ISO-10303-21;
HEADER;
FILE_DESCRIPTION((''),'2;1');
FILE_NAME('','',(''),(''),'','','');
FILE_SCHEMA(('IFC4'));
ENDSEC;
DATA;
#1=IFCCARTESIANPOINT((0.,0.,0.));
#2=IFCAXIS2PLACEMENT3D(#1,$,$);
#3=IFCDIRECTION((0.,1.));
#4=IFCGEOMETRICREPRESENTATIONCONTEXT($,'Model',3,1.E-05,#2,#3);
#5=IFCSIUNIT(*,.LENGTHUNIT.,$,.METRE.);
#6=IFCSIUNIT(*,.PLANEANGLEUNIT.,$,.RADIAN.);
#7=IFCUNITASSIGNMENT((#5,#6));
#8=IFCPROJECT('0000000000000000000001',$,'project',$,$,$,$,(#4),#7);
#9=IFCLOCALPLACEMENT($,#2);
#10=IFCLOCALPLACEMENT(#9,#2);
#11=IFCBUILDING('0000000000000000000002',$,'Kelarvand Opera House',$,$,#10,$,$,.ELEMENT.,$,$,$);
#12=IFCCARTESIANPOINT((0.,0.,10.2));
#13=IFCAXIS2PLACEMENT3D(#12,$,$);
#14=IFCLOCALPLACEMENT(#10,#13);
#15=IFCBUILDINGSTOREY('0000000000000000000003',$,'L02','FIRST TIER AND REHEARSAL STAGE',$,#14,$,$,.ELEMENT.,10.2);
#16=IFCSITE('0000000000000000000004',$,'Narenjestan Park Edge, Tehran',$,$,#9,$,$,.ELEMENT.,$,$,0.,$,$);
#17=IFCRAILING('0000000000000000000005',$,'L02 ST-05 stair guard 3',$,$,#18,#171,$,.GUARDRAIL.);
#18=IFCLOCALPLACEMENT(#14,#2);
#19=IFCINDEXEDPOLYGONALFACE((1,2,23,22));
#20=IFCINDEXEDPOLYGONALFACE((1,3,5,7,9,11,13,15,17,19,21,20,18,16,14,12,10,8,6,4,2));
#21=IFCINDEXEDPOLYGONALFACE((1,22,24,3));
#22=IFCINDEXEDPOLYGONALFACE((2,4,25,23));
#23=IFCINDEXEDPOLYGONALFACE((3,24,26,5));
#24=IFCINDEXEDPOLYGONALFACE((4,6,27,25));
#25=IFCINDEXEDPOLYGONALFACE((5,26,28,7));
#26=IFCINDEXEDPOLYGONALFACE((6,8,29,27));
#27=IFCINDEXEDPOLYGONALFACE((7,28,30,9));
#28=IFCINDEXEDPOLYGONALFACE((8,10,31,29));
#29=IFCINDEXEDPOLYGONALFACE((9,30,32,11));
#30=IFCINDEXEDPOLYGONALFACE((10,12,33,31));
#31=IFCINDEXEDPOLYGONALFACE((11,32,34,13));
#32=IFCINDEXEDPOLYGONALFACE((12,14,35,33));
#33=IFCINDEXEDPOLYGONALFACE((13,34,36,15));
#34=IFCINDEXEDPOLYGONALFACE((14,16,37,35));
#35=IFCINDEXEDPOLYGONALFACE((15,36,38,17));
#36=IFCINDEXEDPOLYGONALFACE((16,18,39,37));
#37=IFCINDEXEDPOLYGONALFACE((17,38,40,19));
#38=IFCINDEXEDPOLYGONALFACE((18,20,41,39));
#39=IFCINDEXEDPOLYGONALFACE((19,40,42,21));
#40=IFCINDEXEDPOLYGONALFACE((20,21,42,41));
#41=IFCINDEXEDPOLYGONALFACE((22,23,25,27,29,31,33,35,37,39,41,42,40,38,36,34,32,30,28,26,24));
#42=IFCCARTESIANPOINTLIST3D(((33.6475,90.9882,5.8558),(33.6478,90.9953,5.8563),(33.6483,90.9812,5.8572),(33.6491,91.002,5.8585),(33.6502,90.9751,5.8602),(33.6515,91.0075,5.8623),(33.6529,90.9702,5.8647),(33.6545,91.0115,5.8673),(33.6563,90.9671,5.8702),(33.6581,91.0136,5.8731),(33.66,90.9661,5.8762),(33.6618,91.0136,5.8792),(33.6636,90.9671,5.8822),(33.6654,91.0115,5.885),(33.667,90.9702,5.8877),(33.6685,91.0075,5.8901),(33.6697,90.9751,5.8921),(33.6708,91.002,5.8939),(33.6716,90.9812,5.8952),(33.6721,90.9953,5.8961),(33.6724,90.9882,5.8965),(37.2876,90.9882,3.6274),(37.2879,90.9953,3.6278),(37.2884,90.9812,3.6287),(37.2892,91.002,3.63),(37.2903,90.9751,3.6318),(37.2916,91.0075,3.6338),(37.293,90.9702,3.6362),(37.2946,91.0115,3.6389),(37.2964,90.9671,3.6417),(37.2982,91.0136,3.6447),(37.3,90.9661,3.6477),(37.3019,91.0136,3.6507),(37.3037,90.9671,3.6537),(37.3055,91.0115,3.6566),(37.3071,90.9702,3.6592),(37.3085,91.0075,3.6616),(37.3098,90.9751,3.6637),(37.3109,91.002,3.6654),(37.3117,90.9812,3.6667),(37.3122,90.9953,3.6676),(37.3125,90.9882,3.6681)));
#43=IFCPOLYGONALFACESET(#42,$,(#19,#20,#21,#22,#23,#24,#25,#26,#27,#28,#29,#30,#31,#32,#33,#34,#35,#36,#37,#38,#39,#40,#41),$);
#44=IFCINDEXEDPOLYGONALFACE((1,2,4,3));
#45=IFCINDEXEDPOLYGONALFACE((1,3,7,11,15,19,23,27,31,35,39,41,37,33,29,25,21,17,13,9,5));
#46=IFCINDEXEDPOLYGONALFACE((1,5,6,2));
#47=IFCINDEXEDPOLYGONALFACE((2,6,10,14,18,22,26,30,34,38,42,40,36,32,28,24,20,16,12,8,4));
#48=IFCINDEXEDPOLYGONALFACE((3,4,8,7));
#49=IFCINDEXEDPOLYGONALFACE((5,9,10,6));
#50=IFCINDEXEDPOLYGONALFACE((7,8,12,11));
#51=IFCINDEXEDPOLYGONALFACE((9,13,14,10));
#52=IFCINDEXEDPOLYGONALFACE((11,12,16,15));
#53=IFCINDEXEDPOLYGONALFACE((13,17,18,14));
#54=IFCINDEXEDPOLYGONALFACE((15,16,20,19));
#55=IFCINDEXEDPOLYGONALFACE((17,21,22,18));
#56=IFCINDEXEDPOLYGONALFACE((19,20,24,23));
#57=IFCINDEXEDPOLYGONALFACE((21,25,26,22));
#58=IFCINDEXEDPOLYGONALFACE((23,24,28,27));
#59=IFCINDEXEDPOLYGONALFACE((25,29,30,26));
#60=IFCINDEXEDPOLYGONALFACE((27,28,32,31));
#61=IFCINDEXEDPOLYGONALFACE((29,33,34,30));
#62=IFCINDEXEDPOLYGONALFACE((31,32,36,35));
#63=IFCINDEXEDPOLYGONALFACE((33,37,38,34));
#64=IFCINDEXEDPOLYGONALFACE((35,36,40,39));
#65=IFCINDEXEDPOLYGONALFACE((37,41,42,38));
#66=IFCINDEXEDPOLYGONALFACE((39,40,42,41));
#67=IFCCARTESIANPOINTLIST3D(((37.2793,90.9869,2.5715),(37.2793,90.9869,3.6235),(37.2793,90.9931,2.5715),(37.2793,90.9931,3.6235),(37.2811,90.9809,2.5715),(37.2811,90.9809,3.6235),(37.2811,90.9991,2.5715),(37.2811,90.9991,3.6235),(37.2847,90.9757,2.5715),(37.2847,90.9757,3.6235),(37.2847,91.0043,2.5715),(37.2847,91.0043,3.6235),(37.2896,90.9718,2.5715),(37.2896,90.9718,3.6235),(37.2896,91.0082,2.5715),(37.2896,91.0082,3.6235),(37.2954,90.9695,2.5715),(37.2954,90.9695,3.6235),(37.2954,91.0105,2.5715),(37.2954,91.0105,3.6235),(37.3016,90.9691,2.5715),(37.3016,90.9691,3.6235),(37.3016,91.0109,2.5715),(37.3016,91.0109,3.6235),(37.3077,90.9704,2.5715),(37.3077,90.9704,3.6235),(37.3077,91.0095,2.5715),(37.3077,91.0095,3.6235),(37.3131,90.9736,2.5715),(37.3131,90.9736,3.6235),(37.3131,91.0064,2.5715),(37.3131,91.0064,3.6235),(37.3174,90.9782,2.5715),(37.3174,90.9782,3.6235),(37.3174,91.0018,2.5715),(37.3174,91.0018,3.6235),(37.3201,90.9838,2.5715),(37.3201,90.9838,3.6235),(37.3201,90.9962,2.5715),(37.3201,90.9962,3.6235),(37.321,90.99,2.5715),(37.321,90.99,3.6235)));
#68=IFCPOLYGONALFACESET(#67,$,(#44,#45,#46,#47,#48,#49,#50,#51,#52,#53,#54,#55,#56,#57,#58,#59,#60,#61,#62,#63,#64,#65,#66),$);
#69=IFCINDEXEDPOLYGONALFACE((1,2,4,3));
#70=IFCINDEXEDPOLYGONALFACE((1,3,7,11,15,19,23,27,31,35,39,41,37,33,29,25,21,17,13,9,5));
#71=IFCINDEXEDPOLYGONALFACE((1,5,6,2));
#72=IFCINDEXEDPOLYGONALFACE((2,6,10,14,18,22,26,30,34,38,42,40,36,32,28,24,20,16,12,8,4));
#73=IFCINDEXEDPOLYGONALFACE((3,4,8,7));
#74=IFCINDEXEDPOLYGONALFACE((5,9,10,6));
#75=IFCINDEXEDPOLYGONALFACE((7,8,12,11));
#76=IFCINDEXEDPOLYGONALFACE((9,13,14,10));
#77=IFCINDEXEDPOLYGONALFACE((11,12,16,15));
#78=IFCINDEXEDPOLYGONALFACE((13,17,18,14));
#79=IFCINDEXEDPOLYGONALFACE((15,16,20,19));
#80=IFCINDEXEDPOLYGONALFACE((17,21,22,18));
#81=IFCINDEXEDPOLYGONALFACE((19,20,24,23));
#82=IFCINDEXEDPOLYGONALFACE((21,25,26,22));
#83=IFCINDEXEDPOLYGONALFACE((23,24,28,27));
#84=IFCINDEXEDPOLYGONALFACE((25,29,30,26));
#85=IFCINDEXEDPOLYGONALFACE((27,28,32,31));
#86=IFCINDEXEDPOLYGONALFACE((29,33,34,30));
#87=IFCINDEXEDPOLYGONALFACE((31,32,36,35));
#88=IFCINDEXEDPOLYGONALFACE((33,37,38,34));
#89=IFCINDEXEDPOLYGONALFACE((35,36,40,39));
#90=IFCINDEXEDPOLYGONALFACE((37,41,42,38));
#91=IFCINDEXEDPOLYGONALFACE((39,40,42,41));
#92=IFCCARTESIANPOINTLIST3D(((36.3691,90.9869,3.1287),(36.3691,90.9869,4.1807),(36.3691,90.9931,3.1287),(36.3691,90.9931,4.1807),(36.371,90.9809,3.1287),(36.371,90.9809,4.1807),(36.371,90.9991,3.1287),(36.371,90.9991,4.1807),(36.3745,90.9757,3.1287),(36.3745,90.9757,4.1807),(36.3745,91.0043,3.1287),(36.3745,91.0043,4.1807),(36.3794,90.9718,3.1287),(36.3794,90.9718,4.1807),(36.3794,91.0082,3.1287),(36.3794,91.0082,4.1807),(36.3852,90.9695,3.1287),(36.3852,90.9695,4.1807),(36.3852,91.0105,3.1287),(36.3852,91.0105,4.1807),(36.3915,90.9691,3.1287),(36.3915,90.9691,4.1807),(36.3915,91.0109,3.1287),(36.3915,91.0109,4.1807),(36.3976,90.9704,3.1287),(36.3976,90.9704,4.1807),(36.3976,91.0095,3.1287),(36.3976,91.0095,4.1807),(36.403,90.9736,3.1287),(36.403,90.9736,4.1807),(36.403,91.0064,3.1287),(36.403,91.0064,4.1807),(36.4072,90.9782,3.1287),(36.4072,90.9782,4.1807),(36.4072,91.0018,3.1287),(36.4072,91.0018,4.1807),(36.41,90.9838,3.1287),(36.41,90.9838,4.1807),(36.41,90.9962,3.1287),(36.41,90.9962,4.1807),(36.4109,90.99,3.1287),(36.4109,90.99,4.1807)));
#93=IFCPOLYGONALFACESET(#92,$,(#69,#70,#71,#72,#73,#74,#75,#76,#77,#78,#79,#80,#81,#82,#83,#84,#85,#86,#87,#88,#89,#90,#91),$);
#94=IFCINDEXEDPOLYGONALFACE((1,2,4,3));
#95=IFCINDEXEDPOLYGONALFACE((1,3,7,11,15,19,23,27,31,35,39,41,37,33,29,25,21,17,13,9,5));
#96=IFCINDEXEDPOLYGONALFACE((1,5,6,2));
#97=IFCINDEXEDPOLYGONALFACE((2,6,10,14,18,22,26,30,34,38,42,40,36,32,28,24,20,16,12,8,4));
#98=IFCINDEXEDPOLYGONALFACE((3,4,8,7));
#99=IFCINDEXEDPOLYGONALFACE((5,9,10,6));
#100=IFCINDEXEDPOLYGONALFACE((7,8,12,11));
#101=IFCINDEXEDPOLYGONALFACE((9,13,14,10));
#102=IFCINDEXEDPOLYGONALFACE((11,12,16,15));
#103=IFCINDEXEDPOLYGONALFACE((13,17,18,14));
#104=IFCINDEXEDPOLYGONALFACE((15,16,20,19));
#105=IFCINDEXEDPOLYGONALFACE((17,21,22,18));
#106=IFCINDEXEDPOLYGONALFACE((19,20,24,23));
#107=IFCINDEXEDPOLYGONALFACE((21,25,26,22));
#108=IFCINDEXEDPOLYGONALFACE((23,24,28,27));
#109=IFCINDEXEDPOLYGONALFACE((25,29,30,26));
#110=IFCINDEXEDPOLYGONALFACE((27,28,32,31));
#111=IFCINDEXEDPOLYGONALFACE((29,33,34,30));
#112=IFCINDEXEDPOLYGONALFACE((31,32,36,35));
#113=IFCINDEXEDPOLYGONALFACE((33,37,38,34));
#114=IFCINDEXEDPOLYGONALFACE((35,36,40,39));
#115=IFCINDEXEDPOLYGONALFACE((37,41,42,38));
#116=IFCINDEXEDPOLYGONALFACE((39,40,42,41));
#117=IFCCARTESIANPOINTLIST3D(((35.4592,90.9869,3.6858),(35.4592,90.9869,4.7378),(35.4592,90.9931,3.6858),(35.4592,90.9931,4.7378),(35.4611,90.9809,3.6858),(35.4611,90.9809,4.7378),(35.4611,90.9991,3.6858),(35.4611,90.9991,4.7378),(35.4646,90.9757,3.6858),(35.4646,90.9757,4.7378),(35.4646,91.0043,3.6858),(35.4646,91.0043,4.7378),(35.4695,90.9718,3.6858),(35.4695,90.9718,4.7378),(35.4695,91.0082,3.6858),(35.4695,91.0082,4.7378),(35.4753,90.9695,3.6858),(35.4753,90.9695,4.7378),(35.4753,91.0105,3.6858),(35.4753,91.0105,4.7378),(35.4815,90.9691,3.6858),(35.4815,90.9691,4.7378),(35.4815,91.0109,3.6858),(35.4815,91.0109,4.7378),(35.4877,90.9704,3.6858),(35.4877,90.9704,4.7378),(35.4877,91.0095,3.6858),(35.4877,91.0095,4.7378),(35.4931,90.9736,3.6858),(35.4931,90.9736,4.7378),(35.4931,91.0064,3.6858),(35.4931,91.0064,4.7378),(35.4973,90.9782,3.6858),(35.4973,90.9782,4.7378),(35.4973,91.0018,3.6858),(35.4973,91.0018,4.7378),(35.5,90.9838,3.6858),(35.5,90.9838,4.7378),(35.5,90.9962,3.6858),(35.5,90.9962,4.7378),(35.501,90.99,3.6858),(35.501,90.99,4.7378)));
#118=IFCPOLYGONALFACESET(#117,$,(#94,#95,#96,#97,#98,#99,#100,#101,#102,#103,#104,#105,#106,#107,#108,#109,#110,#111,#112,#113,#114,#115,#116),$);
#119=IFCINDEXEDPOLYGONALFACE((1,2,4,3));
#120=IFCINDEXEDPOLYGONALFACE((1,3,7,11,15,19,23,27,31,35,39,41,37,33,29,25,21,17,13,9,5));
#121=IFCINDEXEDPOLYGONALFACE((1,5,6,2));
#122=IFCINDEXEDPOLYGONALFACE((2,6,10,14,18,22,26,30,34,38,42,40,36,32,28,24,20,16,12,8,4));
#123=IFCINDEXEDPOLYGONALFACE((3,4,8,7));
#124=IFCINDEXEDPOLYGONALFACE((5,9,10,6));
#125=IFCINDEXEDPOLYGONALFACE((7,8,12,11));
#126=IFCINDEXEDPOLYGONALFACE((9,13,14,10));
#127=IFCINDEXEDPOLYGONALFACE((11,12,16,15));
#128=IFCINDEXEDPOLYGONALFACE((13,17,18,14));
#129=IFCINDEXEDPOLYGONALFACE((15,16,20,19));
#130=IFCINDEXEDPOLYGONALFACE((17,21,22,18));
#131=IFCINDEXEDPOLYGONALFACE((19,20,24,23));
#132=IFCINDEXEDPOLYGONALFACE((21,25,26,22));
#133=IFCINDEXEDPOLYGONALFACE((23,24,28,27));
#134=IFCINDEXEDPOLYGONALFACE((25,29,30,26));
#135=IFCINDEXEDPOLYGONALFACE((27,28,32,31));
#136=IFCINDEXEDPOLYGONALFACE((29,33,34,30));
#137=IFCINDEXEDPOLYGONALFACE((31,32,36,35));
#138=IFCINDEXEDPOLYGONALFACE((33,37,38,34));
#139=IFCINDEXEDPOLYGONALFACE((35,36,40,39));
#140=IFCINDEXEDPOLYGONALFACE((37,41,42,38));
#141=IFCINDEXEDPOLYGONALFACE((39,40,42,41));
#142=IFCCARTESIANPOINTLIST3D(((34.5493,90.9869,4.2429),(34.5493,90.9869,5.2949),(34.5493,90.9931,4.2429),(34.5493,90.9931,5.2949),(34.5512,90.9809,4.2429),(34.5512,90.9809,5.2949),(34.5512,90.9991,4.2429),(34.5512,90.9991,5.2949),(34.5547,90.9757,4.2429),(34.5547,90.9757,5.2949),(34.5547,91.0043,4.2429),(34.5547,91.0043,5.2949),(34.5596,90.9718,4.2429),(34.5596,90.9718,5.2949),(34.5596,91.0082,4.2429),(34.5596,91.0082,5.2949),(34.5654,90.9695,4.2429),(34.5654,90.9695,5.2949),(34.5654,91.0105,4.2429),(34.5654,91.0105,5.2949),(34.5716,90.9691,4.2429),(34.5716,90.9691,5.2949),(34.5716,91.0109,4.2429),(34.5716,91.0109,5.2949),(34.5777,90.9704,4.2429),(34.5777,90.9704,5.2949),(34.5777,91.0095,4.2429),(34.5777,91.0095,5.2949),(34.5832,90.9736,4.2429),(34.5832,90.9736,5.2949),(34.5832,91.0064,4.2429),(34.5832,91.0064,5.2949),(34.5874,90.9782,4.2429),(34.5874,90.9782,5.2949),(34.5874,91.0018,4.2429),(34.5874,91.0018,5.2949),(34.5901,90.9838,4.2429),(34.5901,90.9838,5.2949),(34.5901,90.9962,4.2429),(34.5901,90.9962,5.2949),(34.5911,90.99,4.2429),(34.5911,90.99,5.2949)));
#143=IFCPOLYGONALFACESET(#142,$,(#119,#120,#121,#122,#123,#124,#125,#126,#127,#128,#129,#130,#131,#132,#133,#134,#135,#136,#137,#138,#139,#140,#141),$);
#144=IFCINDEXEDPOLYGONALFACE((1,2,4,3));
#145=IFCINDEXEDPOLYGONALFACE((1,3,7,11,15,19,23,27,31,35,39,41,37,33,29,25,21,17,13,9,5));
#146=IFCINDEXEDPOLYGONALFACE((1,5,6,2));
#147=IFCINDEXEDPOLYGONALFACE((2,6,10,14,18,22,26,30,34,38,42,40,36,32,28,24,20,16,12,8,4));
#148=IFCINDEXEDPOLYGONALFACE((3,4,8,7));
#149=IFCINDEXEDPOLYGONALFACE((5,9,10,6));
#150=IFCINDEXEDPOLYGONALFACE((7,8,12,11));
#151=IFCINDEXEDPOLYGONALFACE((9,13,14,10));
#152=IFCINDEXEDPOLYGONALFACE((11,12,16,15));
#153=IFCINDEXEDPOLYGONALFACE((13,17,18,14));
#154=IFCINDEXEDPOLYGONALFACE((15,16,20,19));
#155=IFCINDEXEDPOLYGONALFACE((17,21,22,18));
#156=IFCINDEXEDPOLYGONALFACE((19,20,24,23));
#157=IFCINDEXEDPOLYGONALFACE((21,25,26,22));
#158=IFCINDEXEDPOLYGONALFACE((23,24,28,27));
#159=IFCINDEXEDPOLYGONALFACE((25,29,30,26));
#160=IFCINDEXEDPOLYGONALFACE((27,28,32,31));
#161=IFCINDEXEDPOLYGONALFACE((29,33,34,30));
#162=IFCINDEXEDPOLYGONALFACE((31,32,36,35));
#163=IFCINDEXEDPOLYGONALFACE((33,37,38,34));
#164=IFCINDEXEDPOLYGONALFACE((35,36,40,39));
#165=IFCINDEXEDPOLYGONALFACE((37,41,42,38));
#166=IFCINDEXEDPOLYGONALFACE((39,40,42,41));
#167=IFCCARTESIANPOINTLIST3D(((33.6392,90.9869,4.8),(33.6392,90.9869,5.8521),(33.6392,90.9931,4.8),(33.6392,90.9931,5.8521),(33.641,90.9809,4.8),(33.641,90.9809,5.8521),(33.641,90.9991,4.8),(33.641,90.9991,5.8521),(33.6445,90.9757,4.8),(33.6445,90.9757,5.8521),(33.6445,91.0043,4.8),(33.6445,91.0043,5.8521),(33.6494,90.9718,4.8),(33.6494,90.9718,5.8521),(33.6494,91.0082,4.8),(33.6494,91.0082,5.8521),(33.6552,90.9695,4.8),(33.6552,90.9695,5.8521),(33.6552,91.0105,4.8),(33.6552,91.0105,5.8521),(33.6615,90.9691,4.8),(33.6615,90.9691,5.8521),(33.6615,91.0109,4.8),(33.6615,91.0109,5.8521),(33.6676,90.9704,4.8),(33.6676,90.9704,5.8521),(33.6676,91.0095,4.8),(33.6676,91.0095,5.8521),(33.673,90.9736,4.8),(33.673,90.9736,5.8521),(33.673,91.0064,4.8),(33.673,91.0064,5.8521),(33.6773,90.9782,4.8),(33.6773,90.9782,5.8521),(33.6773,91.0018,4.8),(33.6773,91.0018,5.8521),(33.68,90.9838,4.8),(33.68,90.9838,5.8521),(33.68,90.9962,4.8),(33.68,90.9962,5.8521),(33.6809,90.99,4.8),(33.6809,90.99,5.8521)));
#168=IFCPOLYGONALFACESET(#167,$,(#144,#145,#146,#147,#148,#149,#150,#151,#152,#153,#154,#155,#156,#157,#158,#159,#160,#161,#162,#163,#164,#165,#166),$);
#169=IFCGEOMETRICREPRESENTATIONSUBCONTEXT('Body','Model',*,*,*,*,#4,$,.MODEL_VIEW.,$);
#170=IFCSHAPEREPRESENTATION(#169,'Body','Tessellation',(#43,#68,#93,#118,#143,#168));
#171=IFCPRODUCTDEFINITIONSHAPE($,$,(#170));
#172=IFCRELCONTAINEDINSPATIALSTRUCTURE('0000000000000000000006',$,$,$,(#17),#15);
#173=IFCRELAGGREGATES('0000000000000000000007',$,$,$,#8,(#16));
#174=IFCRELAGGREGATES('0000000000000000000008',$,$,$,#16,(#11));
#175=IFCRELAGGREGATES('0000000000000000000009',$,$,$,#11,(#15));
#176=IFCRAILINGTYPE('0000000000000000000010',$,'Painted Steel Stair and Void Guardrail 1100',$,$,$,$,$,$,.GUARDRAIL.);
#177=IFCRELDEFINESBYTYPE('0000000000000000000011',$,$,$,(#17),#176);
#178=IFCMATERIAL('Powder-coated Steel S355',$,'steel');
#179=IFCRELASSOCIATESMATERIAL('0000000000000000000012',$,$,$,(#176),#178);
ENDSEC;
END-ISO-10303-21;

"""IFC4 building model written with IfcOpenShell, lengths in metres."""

from ifc_helpers import new_model, si_unit, direction, frame, origin, origin_2d, place, context, subcontext, project, spatial, circle, extrude, material, type_object, element, save


model = new_model("IFC4")

# Units and contexts
model_context = context("Model", 3, precision=1e-05, world=origin(), true_north=direction((0.0, 1.0)))
body_context = subcontext(model_context, "Body", "Model", "MODEL_VIEW")
ifc_project = project(units=[si_unit("LENGTHUNIT", "METRE"), si_unit("PLANEANGLEUNIT", "RADIAN")], contexts=[model_context])

# Site, building, storey
site_placement = place(None, origin())
site = spatial("IfcSite", under=ifc_project, at=site_placement, Name="Narenjestan Park Edge, Tehran", CompositionType="ELEMENT", RefElevation=0.0)
building_placement = place(site_placement, origin())
building = spatial("IfcBuilding", under=site, at=building_placement, Name="Kelarvand Opera House", CompositionType="ELEMENT")
storey_placement = place(building_placement, frame((0.0, 0.0, 10.2)))
storey = spatial("IfcBuildingStorey", under=building, at=storey_placement, Name="L02", Description="FIRST TIER AND REHEARSAL STAGE", CompositionType="ELEMENT", Elevation=10.2)

# Railing
ifc_material_1 = material(Name="Powder-coated Steel S355", Category="steel")
railing_type = type_object("IfcRailingType", Name="Painted Steel Stair and Void Guardrail 1100", PredefinedType="GUARDRAIL", material=ifc_material_1)
railing_1_placement = place(storey_placement, frame((37.3, 90.99, 2.5715)))
element("IfcRailing", 1, at=railing_1_placement, inside=storey, type_object=railing_type, Name="L02 ST-05 stair guard 3", PredefinedType="GUARDRAIL", context=body_context, shape_type="SweptSolid", body=[
    extrude(circle(Radius=0.0239, at=origin_2d()), frame((0.0, 0.0, 1.0762), z_axis=(-0.852866, 0.0, 0.52213), x_axis=(0.0, -1.0, 0.0)), (0.0, 0.0, 1.0), 4.2681),
    extrude(circle(Radius=0.021, at=origin_2d()), origin(), (0.0, 0.0, 1.0), 1.052),
    extrude(circle(Radius=0.021, at=origin_2d()), frame((-0.9102, 0.0, 0.5571)), (0.0, 0.0, 1.0), 1.052),
    extrude(circle(Radius=0.021, at=origin_2d()), frame((-1.8201, 0.0, 1.1143)), (0.0, 0.0, 1.0), 1.052),
    extrude(circle(Radius=0.021, at=origin_2d()), frame((-2.73, 0.0, 1.6714)), (0.0, 0.0, 1.0), 1.052),
    extrude(circle(Radius=0.021, at=origin_2d()), frame((-3.6401, 0.0, 2.2285)), (0.0, 0.0, 1.0), 1.052),
])

save(model, "model.ifc")
